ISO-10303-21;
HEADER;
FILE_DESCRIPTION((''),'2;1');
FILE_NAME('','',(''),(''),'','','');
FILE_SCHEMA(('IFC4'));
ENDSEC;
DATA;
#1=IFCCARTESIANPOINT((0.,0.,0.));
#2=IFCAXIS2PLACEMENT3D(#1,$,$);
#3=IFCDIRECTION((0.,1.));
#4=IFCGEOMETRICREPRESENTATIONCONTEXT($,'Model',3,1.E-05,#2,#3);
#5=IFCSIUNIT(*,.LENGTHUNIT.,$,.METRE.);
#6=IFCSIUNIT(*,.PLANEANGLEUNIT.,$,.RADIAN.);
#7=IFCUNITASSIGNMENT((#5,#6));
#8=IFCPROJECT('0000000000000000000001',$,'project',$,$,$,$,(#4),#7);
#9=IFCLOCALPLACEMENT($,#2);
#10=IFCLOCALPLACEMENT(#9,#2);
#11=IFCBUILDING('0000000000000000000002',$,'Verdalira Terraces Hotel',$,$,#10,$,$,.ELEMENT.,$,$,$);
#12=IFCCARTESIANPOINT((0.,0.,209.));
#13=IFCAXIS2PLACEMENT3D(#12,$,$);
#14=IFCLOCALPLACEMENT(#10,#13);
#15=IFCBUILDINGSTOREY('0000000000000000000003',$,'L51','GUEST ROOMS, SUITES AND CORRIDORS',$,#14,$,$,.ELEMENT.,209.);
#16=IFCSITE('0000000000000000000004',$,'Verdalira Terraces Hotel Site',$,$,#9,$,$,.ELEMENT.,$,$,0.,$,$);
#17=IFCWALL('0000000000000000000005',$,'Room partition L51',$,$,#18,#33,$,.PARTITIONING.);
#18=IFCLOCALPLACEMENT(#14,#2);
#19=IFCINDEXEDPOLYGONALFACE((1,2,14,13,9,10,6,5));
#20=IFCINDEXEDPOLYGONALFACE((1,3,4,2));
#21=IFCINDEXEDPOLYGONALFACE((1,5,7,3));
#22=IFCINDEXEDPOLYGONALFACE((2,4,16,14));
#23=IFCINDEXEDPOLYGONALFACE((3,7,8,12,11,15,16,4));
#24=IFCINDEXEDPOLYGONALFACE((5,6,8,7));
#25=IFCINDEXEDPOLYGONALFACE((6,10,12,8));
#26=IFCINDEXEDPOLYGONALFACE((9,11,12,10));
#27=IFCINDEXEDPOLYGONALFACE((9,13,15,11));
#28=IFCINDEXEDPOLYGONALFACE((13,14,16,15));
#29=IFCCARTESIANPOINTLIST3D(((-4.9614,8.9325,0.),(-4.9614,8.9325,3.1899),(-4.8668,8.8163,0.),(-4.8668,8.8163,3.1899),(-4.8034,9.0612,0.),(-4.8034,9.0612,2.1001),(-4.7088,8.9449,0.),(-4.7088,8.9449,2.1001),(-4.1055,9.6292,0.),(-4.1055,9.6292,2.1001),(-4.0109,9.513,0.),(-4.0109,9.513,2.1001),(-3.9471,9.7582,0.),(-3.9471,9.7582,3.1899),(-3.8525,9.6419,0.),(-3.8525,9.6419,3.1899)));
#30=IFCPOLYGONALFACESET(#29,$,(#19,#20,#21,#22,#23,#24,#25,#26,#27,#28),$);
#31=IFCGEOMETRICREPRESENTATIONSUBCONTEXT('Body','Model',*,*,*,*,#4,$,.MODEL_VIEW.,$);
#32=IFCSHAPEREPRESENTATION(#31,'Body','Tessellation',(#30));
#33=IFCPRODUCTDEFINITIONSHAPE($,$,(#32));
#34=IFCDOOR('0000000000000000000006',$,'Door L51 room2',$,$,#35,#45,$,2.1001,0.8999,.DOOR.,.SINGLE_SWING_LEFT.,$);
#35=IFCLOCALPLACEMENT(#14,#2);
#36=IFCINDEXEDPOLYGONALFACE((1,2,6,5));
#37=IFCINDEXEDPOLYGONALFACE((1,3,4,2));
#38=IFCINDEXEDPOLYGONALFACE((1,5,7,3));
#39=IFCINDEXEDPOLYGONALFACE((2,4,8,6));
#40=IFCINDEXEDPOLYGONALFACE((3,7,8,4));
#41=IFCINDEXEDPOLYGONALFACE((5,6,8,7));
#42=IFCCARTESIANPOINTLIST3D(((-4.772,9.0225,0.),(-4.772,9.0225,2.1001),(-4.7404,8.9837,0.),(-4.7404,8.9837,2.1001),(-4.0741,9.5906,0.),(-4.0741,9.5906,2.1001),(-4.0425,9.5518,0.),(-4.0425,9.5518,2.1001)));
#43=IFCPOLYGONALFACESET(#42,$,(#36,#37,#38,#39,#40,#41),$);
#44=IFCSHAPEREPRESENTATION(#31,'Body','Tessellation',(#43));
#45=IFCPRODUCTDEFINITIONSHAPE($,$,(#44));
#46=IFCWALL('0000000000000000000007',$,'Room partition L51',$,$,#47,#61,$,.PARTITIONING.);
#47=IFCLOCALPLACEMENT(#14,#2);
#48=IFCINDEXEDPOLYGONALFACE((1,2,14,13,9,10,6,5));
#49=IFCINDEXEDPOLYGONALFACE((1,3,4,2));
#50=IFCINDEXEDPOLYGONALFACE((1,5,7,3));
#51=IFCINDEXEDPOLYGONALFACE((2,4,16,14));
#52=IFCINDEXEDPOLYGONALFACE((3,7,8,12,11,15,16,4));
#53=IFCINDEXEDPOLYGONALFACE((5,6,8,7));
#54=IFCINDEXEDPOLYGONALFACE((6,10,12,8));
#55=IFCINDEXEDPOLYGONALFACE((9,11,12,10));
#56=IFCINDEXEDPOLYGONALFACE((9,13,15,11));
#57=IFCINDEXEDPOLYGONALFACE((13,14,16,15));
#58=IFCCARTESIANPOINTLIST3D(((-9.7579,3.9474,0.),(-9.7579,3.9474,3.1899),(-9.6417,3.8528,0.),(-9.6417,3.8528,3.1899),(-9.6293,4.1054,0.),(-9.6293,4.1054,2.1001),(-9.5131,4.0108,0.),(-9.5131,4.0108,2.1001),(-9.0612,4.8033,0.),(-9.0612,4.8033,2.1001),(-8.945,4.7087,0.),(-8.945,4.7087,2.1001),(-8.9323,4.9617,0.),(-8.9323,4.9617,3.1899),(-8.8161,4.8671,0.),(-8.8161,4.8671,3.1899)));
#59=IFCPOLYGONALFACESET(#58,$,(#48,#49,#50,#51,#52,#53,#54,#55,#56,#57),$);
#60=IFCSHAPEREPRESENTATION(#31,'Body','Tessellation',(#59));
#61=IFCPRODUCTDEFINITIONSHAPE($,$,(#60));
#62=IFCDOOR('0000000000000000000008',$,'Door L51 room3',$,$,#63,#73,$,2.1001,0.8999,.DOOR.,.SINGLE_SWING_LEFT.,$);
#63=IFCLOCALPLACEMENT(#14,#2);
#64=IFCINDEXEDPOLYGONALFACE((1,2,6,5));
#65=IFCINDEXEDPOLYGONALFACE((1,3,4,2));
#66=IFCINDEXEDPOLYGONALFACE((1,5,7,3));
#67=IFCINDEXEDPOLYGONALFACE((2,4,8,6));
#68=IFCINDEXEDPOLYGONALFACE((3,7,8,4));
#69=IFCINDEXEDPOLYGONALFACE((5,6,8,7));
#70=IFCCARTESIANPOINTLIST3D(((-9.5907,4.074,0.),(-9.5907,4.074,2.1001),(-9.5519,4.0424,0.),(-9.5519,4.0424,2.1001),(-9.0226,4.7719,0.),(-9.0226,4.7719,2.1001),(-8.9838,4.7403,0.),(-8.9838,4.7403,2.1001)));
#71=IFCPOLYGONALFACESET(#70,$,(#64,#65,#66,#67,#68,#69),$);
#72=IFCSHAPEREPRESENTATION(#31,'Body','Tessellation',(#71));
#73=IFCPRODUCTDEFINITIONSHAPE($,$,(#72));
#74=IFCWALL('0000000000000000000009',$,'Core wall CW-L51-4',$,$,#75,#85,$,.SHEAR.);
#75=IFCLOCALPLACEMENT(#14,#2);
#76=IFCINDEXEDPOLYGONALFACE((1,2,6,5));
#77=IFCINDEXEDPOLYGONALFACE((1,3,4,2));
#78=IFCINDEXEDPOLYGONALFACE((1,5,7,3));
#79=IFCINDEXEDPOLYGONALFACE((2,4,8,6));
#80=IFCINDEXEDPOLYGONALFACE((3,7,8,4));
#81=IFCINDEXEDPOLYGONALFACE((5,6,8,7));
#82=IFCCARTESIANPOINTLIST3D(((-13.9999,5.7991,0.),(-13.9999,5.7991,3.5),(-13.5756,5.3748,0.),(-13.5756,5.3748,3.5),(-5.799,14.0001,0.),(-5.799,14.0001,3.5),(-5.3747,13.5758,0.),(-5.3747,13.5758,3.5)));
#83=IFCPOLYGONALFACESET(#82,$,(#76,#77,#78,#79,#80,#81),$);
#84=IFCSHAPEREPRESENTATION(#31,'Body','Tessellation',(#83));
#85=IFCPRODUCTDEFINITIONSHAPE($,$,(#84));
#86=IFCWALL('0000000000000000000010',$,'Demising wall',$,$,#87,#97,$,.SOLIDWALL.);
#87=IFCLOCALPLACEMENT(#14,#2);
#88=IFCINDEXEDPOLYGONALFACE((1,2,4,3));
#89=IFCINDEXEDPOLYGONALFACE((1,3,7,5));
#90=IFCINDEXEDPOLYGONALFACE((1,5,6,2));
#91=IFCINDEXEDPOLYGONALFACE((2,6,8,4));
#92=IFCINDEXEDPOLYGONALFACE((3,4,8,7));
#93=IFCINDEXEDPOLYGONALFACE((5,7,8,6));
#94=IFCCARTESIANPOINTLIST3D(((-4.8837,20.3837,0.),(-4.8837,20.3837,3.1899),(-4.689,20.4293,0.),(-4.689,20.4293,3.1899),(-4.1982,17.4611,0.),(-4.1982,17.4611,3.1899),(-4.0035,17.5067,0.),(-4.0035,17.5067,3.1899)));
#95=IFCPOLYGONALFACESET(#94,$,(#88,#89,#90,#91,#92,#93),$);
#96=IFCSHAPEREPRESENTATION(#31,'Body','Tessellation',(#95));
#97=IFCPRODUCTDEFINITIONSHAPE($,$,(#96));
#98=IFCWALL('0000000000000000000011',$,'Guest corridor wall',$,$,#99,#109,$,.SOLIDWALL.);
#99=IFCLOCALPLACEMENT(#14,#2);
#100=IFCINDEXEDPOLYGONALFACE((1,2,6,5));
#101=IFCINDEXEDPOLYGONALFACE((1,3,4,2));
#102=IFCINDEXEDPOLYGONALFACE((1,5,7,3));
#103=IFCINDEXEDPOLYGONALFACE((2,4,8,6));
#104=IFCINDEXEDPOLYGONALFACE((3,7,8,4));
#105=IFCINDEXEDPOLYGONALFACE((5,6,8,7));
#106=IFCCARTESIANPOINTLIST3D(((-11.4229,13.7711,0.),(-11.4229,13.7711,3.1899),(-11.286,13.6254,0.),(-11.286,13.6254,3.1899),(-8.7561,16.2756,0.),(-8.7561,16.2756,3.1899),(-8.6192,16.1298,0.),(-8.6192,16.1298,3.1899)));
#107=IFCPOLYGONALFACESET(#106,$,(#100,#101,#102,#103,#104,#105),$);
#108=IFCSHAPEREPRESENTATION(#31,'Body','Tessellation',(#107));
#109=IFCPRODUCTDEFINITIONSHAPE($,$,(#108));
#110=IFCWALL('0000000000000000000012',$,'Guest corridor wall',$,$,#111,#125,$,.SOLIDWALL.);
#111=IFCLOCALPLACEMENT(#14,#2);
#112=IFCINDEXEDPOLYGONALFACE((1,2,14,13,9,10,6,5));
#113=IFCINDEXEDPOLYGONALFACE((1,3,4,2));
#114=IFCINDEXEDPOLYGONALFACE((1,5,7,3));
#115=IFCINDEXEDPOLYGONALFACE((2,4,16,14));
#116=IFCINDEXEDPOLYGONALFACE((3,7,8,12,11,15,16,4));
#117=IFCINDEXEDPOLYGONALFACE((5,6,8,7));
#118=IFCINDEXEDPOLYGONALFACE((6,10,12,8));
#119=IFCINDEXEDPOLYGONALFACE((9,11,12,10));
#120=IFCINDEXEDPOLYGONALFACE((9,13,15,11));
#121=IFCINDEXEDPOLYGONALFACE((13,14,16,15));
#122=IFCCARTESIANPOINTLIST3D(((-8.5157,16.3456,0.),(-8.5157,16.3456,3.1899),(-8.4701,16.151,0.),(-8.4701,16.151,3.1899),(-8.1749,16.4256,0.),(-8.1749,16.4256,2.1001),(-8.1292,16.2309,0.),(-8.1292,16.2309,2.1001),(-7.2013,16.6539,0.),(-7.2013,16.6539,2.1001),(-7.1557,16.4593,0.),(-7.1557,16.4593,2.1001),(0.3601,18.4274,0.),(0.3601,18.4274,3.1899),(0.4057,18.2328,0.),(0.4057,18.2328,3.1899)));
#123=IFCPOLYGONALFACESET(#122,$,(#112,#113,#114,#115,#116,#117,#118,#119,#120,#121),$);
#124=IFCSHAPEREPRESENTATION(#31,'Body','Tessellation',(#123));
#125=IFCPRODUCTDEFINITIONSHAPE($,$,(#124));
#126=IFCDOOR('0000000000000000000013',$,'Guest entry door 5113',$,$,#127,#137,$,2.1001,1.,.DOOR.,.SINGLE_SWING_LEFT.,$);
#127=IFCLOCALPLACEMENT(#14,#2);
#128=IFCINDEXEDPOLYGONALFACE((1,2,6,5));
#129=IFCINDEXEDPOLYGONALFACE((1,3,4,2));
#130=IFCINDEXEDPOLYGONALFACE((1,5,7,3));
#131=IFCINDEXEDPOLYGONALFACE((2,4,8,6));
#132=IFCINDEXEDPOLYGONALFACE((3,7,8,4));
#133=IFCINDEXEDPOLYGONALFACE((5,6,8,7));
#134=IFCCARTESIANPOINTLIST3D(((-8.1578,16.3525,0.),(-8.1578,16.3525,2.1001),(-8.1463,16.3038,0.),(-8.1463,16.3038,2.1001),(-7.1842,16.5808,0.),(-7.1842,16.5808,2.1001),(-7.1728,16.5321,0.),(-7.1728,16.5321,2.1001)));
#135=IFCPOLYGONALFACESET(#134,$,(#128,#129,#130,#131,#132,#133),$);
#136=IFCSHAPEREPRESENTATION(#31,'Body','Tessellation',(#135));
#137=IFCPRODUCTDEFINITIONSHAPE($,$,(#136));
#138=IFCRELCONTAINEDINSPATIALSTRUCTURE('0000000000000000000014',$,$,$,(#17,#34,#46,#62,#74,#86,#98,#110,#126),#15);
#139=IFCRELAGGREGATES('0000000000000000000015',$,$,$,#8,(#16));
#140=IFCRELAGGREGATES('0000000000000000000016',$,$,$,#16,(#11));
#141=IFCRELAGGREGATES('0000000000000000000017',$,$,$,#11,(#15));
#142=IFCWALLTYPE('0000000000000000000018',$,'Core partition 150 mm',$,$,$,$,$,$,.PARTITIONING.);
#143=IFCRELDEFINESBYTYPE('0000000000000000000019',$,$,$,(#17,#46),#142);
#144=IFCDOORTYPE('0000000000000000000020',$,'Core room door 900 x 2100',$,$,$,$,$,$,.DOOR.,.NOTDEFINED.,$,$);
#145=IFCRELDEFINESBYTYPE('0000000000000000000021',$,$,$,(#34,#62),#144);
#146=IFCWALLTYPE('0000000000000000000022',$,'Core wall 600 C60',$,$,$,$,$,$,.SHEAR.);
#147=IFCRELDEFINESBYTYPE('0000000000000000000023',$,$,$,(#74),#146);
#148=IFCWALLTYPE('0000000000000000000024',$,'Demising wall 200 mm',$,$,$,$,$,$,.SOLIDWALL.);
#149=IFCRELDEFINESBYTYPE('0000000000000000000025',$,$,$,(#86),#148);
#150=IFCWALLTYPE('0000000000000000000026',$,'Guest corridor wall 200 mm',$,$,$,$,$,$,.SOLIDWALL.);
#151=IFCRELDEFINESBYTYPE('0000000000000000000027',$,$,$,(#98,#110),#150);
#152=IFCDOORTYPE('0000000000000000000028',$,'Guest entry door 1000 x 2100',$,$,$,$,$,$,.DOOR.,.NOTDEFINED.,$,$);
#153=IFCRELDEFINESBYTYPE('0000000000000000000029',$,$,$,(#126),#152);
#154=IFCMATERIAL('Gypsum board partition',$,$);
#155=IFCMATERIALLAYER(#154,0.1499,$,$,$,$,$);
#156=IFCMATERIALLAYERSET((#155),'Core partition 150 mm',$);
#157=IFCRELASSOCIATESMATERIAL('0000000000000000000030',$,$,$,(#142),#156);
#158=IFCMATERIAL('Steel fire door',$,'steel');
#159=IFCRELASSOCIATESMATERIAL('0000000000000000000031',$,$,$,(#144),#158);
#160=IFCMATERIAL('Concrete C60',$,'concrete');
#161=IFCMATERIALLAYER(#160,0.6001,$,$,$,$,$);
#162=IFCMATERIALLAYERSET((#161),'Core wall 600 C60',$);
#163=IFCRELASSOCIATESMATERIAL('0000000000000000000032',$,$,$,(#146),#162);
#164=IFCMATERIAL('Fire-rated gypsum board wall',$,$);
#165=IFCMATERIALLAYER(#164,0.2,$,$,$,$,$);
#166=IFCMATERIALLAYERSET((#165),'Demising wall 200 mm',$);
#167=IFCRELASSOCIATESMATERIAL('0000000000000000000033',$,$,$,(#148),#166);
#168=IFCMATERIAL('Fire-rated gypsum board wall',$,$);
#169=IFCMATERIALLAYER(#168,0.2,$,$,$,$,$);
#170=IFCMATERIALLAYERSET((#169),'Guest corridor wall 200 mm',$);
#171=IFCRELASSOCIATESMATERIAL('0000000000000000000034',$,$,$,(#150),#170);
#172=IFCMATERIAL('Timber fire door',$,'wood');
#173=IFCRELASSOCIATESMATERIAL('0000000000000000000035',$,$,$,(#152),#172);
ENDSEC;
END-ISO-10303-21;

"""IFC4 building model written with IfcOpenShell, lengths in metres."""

from ifc_helpers import new_model, si_unit, direction, frame, frame_2d, origin, place, context, subcontext, project, spatial, rectangle, extrude, material, layer, layer_set, type_object, element, fill, save


model = new_model("IFC4")

# Units and contexts
model_context = context("Model", 3, precision=1e-05, world=origin(), true_north=direction((0.0, 1.0)))
body_context = subcontext(model_context, "Body", "Model", "MODEL_VIEW")
ifc_project = project(units=[si_unit("LENGTHUNIT", "METRE"), si_unit("PLANEANGLEUNIT", "RADIAN")], contexts=[model_context])

# Site, building, storey
site_placement = place(None, origin())
site = spatial("IfcSite", under=ifc_project, at=site_placement, Name="Verdalira Terraces Hotel Site", CompositionType="ELEMENT", RefElevation=0.0)
building_placement = place(site_placement, origin())
building = spatial("IfcBuilding", under=site, at=building_placement, Name="Verdalira Terraces Hotel", CompositionType="ELEMENT")
storey_placement = place(building_placement, frame((0.0, 0.0, 209.0)))
storey = spatial("IfcBuildingStorey", under=building, at=storey_placement, Name="L51", Description="GUEST ROOMS, SUITES AND CORRIDORS", CompositionType="ELEMENT", Elevation=209.0)

# Walls, openings, doors
ifc_material_1 = material(Name="Gypsum board partition")
ifc_layer_1 = layer(ifc_material_1, 0.1499)
ifc_layer_set_1 = layer_set([ifc_layer_1], Name="Core partition 150 mm")
wall_type_1 = type_object("IfcWallType", Name="Core partition 150 mm", PredefinedType="PARTITIONING", material=ifc_layer_set_1)
wall_1_placement = place(storey_placement, frame((-3.8999, 9.7, 0.0), z_axis=(0.0, 0.0, 1.0), x_axis=(-0.77556, -0.631274, 0.0)))
wall_1 = element("IfcWall", 1, at=wall_1_placement, inside=storey, type_object=wall_type_1, Name="Room partition L51", PredefinedType="PARTITIONING", context=body_context, shape_type="SweptSolid", body=[
    extrude(rectangle(XDim=1.3079, YDim=0.1499, at=frame_2d((0.6538, 0.0))), origin(), (0.0, 0.0, 1.0), 3.1899),
])
opening_1_placement = place(wall_1_placement, frame((0.2041, 0.0, 0.0)))
opening_1 = element("IfcOpeningElement", 2, at=opening_1_placement, cuts=wall_1, PredefinedType="OPENING", context=body_context, shape_type="SweptSolid", body=[
    extrude(rectangle(XDim=0.8999, YDim=2.1001, at=frame_2d((0.45, 1.05))), frame((0.0, 0.085, 0.0), z_axis=(0.0, -1.0, 0.0), x_axis=(1.0, 0.0, 0.0)), (0.0, 0.0, 1.0), 0.1699),
])
ifc_material_2 = material(Name="Steel fire door", Category="steel")
door_type_1 = type_object("IfcDoorType", Name="Core room door 900 x 2100", OperationType="NOTDEFINED", PredefinedType="DOOR", material=ifc_material_2)
door_1_placement = place(opening_1_placement, origin())
door_1 = element("IfcDoor", 3, at=door_1_placement, inside=storey, type_object=door_type_1, Name="Door L51 room2", OperationType="SINGLE_SWING_LEFT", OverallHeight=2.1001, OverallWidth=0.8999, PredefinedType="DOOR", context=body_context, shape_type="SweptSolid", body=[
    extrude(rectangle(XDim=0.8999, YDim=2.1001, at=frame_2d((0.45, 1.05))), frame((0.0, 0.0249, 0.0), z_axis=(0.0, -1.0, 0.0), x_axis=(1.0, 0.0, 0.0)), (0.0, 0.0, 1.0), 0.05),
])
fill(opening_1, door_1)
wall_2_placement = place(storey_placement, frame((-8.8743, 4.9143, 0.0), z_axis=(0.0, 0.0, 1.0), x_axis=(-0.631274, -0.77556, 0.0)))
wall_2 = element("IfcWall", 4, at=wall_2_placement, inside=storey, type_object=wall_type_1, Name="Room partition L51", PredefinedType="PARTITIONING", context=body_context, shape_type="SweptSolid", body=[
    extrude(rectangle(XDim=1.3079, YDim=0.1499, at=frame_2d((0.6538, 0.0))), origin(), (0.0, 0.0, 1.0), 3.1899),
])
opening_2_placement = place(wall_2_placement, frame((0.2041, 0.0, 0.0)))
opening_2 = element("IfcOpeningElement", 5, at=opening_2_placement, cuts=wall_2, PredefinedType="OPENING", context=body_context, shape_type="SweptSolid", body=[
    extrude(rectangle(XDim=0.8999, YDim=2.1001, at=frame_2d((0.45, 1.05))), frame((0.0, 0.085, 0.0), z_axis=(0.0, -1.0, 0.0), x_axis=(1.0, 0.0, 0.0)), (0.0, 0.0, 1.0), 0.1699),
])
door_2_placement = place(opening_2_placement, origin())
door_2 = element("IfcDoor", 6, at=door_2_placement, inside=storey, type_object=door_type_1, Name="Door L51 room3", OperationType="SINGLE_SWING_LEFT", OverallHeight=2.1001, OverallWidth=0.8999, PredefinedType="DOOR", context=body_context, shape_type="SweptSolid", body=[
    extrude(rectangle(XDim=0.8999, YDim=2.1001, at=frame_2d((0.45, 1.05))), frame((0.0, 0.0249, 0.0), z_axis=(0.0, -1.0, 0.0), x_axis=(1.0, 0.0, 0.0)), (0.0, 0.0, 1.0), 0.05),
])
fill(opening_2, door_2)

# Walls
ifc_material_3 = material(Name="Concrete C60", Category="concrete")
ifc_layer_2 = layer(ifc_material_3, 0.6001)
ifc_layer_set_2 = layer_set([ifc_layer_2], Name="Core wall 600 C60")
wall_type_2 = type_object("IfcWallType", Name="Core wall 600 C60", PredefinedType="SHEAR", material=ifc_layer_set_2)
wall_3_placement = place(storey_placement, frame((-5.5869, 13.7878, 0.0), z_axis=(0.0, 0.0, 1.0), x_axis=(-0.707107, -0.707107, 0.0)))
element("IfcWall", 7, at=wall_3_placement, inside=storey, type_object=wall_type_2, Name="Core wall CW-L51-4", PredefinedType="SHEAR", context=body_context, shape_type="SweptSolid", body=[
    extrude(rectangle(XDim=11.5979, YDim=0.6001, at=frame_2d((5.7988, 0.0))), origin(), (0.0, 0.0, 1.0), 3.5),
])
ifc_material_4 = material(Name="Fire-rated gypsum board wall")
ifc_layer_3 = layer(ifc_material_4, 0.2)
ifc_layer_set_3 = layer_set([ifc_layer_3], Name="Demising wall 200 mm")
wall_type_3 = type_object("IfcWallType", Name="Demising wall 200 mm", PredefinedType="SOLIDWALL", material=ifc_layer_set_3)
wall_4_placement = place(storey_placement, frame((-4.1008, 17.4839, 0.0), z_axis=(0.0, 0.0, 1.0), x_axis=(-0.228368, 0.973575, 0.0)))
element("IfcWall", 8, at=wall_4_placement, inside=storey, type_object=wall_type_3, Name="Demising wall", PredefinedType="SOLIDWALL", context=body_context, shape_type="SweptSolid", body=[
    extrude(rectangle(XDim=3.002, YDim=0.2, at=frame_2d((1.501, 0.0))), origin(), (0.0, 0.0, 1.0), 3.1899),
])
ifc_material_5 = material(Name="Fire-rated gypsum board wall")
ifc_layer_4 = layer(ifc_material_5, 0.2)
ifc_layer_set_4 = layer_set([ifc_layer_4], Name="Guest corridor wall 200 mm")
wall_type_4 = type_object("IfcWallType", Name="Guest corridor wall 200 mm", PredefinedType="SOLIDWALL", material=ifc_layer_set_4)
wall_5_placement = place(storey_placement, frame((-8.6877, 16.2026, 0.0), z_axis=(0.0, 0.0, 1.0), x_axis=(-0.728948, -0.684569, 0.0)))
element("IfcWall", 9, at=wall_5_placement, inside=storey, type_object=wall_type_4, Name="Guest corridor wall", PredefinedType="SOLIDWALL", context=body_context, shape_type="SweptSolid", body=[
    extrude(rectangle(XDim=3.6584, YDim=0.2, at=frame_2d((1.8291, 0.0))), origin(), (0.0, 0.0, 1.0), 3.1899),
])

# Wall, opening, door
wall_6_placement = place(storey_placement, frame((-8.4929, 16.2483, 0.0), z_axis=(0.0, 0.0, 1.0), x_axis=(0.973579, 0.228351, 0.0)))
wall_6 = element("IfcWall", 10, at=wall_6_placement, inside=storey, type_object=wall_type_4, Name="Guest corridor wall", PredefinedType="SOLIDWALL", context=body_context, shape_type="SweptSolid", body=[
    extrude(rectangle(XDim=9.1167, YDim=0.2, at=frame_2d((4.5583, 0.0))), origin(), (0.0, 0.0, 1.0), 3.1899),
])
opening_3_placement = place(wall_6_placement, frame((0.3501, 0.0, 0.0)))
opening_3 = element("IfcOpeningElement", 11, at=opening_3_placement, cuts=wall_6, PredefinedType="OPENING", context=body_context, shape_type="SweptSolid", body=[
    extrude(rectangle(XDim=1.0, YDim=2.1001, at=frame_2d((0.5, 1.05))), frame((0.0, 0.1099, 0.0), z_axis=(0.0, -1.0, 0.0), x_axis=(1.0, 0.0, 0.0)), (0.0, 0.0, 1.0), 0.22),
])
ifc_material_6 = material(Name="Timber fire door", Category="wood")
door_type_2 = type_object("IfcDoorType", Name="Guest entry door 1000 x 2100", OperationType="NOTDEFINED", PredefinedType="DOOR", material=ifc_material_6)
door_3_placement = place(opening_3_placement, origin())
door_3 = element("IfcDoor", 12, at=door_3_placement, inside=storey, type_object=door_type_2, Name="Guest entry door 5113", OperationType="SINGLE_SWING_LEFT", OverallHeight=2.1001, OverallWidth=1.0, PredefinedType="DOOR", context=body_context, shape_type="SweptSolid", body=[
    extrude(rectangle(XDim=1.0, YDim=2.1001, at=frame_2d((0.5, 1.05))), frame((0.0, 0.0249, 0.0), z_axis=(0.0, -1.0, 0.0), x_axis=(1.0, 0.0, 0.0)), (0.0, 0.0, 1.0), 0.05),
])
fill(opening_3, door_3)

save(model, "model.ifc")
